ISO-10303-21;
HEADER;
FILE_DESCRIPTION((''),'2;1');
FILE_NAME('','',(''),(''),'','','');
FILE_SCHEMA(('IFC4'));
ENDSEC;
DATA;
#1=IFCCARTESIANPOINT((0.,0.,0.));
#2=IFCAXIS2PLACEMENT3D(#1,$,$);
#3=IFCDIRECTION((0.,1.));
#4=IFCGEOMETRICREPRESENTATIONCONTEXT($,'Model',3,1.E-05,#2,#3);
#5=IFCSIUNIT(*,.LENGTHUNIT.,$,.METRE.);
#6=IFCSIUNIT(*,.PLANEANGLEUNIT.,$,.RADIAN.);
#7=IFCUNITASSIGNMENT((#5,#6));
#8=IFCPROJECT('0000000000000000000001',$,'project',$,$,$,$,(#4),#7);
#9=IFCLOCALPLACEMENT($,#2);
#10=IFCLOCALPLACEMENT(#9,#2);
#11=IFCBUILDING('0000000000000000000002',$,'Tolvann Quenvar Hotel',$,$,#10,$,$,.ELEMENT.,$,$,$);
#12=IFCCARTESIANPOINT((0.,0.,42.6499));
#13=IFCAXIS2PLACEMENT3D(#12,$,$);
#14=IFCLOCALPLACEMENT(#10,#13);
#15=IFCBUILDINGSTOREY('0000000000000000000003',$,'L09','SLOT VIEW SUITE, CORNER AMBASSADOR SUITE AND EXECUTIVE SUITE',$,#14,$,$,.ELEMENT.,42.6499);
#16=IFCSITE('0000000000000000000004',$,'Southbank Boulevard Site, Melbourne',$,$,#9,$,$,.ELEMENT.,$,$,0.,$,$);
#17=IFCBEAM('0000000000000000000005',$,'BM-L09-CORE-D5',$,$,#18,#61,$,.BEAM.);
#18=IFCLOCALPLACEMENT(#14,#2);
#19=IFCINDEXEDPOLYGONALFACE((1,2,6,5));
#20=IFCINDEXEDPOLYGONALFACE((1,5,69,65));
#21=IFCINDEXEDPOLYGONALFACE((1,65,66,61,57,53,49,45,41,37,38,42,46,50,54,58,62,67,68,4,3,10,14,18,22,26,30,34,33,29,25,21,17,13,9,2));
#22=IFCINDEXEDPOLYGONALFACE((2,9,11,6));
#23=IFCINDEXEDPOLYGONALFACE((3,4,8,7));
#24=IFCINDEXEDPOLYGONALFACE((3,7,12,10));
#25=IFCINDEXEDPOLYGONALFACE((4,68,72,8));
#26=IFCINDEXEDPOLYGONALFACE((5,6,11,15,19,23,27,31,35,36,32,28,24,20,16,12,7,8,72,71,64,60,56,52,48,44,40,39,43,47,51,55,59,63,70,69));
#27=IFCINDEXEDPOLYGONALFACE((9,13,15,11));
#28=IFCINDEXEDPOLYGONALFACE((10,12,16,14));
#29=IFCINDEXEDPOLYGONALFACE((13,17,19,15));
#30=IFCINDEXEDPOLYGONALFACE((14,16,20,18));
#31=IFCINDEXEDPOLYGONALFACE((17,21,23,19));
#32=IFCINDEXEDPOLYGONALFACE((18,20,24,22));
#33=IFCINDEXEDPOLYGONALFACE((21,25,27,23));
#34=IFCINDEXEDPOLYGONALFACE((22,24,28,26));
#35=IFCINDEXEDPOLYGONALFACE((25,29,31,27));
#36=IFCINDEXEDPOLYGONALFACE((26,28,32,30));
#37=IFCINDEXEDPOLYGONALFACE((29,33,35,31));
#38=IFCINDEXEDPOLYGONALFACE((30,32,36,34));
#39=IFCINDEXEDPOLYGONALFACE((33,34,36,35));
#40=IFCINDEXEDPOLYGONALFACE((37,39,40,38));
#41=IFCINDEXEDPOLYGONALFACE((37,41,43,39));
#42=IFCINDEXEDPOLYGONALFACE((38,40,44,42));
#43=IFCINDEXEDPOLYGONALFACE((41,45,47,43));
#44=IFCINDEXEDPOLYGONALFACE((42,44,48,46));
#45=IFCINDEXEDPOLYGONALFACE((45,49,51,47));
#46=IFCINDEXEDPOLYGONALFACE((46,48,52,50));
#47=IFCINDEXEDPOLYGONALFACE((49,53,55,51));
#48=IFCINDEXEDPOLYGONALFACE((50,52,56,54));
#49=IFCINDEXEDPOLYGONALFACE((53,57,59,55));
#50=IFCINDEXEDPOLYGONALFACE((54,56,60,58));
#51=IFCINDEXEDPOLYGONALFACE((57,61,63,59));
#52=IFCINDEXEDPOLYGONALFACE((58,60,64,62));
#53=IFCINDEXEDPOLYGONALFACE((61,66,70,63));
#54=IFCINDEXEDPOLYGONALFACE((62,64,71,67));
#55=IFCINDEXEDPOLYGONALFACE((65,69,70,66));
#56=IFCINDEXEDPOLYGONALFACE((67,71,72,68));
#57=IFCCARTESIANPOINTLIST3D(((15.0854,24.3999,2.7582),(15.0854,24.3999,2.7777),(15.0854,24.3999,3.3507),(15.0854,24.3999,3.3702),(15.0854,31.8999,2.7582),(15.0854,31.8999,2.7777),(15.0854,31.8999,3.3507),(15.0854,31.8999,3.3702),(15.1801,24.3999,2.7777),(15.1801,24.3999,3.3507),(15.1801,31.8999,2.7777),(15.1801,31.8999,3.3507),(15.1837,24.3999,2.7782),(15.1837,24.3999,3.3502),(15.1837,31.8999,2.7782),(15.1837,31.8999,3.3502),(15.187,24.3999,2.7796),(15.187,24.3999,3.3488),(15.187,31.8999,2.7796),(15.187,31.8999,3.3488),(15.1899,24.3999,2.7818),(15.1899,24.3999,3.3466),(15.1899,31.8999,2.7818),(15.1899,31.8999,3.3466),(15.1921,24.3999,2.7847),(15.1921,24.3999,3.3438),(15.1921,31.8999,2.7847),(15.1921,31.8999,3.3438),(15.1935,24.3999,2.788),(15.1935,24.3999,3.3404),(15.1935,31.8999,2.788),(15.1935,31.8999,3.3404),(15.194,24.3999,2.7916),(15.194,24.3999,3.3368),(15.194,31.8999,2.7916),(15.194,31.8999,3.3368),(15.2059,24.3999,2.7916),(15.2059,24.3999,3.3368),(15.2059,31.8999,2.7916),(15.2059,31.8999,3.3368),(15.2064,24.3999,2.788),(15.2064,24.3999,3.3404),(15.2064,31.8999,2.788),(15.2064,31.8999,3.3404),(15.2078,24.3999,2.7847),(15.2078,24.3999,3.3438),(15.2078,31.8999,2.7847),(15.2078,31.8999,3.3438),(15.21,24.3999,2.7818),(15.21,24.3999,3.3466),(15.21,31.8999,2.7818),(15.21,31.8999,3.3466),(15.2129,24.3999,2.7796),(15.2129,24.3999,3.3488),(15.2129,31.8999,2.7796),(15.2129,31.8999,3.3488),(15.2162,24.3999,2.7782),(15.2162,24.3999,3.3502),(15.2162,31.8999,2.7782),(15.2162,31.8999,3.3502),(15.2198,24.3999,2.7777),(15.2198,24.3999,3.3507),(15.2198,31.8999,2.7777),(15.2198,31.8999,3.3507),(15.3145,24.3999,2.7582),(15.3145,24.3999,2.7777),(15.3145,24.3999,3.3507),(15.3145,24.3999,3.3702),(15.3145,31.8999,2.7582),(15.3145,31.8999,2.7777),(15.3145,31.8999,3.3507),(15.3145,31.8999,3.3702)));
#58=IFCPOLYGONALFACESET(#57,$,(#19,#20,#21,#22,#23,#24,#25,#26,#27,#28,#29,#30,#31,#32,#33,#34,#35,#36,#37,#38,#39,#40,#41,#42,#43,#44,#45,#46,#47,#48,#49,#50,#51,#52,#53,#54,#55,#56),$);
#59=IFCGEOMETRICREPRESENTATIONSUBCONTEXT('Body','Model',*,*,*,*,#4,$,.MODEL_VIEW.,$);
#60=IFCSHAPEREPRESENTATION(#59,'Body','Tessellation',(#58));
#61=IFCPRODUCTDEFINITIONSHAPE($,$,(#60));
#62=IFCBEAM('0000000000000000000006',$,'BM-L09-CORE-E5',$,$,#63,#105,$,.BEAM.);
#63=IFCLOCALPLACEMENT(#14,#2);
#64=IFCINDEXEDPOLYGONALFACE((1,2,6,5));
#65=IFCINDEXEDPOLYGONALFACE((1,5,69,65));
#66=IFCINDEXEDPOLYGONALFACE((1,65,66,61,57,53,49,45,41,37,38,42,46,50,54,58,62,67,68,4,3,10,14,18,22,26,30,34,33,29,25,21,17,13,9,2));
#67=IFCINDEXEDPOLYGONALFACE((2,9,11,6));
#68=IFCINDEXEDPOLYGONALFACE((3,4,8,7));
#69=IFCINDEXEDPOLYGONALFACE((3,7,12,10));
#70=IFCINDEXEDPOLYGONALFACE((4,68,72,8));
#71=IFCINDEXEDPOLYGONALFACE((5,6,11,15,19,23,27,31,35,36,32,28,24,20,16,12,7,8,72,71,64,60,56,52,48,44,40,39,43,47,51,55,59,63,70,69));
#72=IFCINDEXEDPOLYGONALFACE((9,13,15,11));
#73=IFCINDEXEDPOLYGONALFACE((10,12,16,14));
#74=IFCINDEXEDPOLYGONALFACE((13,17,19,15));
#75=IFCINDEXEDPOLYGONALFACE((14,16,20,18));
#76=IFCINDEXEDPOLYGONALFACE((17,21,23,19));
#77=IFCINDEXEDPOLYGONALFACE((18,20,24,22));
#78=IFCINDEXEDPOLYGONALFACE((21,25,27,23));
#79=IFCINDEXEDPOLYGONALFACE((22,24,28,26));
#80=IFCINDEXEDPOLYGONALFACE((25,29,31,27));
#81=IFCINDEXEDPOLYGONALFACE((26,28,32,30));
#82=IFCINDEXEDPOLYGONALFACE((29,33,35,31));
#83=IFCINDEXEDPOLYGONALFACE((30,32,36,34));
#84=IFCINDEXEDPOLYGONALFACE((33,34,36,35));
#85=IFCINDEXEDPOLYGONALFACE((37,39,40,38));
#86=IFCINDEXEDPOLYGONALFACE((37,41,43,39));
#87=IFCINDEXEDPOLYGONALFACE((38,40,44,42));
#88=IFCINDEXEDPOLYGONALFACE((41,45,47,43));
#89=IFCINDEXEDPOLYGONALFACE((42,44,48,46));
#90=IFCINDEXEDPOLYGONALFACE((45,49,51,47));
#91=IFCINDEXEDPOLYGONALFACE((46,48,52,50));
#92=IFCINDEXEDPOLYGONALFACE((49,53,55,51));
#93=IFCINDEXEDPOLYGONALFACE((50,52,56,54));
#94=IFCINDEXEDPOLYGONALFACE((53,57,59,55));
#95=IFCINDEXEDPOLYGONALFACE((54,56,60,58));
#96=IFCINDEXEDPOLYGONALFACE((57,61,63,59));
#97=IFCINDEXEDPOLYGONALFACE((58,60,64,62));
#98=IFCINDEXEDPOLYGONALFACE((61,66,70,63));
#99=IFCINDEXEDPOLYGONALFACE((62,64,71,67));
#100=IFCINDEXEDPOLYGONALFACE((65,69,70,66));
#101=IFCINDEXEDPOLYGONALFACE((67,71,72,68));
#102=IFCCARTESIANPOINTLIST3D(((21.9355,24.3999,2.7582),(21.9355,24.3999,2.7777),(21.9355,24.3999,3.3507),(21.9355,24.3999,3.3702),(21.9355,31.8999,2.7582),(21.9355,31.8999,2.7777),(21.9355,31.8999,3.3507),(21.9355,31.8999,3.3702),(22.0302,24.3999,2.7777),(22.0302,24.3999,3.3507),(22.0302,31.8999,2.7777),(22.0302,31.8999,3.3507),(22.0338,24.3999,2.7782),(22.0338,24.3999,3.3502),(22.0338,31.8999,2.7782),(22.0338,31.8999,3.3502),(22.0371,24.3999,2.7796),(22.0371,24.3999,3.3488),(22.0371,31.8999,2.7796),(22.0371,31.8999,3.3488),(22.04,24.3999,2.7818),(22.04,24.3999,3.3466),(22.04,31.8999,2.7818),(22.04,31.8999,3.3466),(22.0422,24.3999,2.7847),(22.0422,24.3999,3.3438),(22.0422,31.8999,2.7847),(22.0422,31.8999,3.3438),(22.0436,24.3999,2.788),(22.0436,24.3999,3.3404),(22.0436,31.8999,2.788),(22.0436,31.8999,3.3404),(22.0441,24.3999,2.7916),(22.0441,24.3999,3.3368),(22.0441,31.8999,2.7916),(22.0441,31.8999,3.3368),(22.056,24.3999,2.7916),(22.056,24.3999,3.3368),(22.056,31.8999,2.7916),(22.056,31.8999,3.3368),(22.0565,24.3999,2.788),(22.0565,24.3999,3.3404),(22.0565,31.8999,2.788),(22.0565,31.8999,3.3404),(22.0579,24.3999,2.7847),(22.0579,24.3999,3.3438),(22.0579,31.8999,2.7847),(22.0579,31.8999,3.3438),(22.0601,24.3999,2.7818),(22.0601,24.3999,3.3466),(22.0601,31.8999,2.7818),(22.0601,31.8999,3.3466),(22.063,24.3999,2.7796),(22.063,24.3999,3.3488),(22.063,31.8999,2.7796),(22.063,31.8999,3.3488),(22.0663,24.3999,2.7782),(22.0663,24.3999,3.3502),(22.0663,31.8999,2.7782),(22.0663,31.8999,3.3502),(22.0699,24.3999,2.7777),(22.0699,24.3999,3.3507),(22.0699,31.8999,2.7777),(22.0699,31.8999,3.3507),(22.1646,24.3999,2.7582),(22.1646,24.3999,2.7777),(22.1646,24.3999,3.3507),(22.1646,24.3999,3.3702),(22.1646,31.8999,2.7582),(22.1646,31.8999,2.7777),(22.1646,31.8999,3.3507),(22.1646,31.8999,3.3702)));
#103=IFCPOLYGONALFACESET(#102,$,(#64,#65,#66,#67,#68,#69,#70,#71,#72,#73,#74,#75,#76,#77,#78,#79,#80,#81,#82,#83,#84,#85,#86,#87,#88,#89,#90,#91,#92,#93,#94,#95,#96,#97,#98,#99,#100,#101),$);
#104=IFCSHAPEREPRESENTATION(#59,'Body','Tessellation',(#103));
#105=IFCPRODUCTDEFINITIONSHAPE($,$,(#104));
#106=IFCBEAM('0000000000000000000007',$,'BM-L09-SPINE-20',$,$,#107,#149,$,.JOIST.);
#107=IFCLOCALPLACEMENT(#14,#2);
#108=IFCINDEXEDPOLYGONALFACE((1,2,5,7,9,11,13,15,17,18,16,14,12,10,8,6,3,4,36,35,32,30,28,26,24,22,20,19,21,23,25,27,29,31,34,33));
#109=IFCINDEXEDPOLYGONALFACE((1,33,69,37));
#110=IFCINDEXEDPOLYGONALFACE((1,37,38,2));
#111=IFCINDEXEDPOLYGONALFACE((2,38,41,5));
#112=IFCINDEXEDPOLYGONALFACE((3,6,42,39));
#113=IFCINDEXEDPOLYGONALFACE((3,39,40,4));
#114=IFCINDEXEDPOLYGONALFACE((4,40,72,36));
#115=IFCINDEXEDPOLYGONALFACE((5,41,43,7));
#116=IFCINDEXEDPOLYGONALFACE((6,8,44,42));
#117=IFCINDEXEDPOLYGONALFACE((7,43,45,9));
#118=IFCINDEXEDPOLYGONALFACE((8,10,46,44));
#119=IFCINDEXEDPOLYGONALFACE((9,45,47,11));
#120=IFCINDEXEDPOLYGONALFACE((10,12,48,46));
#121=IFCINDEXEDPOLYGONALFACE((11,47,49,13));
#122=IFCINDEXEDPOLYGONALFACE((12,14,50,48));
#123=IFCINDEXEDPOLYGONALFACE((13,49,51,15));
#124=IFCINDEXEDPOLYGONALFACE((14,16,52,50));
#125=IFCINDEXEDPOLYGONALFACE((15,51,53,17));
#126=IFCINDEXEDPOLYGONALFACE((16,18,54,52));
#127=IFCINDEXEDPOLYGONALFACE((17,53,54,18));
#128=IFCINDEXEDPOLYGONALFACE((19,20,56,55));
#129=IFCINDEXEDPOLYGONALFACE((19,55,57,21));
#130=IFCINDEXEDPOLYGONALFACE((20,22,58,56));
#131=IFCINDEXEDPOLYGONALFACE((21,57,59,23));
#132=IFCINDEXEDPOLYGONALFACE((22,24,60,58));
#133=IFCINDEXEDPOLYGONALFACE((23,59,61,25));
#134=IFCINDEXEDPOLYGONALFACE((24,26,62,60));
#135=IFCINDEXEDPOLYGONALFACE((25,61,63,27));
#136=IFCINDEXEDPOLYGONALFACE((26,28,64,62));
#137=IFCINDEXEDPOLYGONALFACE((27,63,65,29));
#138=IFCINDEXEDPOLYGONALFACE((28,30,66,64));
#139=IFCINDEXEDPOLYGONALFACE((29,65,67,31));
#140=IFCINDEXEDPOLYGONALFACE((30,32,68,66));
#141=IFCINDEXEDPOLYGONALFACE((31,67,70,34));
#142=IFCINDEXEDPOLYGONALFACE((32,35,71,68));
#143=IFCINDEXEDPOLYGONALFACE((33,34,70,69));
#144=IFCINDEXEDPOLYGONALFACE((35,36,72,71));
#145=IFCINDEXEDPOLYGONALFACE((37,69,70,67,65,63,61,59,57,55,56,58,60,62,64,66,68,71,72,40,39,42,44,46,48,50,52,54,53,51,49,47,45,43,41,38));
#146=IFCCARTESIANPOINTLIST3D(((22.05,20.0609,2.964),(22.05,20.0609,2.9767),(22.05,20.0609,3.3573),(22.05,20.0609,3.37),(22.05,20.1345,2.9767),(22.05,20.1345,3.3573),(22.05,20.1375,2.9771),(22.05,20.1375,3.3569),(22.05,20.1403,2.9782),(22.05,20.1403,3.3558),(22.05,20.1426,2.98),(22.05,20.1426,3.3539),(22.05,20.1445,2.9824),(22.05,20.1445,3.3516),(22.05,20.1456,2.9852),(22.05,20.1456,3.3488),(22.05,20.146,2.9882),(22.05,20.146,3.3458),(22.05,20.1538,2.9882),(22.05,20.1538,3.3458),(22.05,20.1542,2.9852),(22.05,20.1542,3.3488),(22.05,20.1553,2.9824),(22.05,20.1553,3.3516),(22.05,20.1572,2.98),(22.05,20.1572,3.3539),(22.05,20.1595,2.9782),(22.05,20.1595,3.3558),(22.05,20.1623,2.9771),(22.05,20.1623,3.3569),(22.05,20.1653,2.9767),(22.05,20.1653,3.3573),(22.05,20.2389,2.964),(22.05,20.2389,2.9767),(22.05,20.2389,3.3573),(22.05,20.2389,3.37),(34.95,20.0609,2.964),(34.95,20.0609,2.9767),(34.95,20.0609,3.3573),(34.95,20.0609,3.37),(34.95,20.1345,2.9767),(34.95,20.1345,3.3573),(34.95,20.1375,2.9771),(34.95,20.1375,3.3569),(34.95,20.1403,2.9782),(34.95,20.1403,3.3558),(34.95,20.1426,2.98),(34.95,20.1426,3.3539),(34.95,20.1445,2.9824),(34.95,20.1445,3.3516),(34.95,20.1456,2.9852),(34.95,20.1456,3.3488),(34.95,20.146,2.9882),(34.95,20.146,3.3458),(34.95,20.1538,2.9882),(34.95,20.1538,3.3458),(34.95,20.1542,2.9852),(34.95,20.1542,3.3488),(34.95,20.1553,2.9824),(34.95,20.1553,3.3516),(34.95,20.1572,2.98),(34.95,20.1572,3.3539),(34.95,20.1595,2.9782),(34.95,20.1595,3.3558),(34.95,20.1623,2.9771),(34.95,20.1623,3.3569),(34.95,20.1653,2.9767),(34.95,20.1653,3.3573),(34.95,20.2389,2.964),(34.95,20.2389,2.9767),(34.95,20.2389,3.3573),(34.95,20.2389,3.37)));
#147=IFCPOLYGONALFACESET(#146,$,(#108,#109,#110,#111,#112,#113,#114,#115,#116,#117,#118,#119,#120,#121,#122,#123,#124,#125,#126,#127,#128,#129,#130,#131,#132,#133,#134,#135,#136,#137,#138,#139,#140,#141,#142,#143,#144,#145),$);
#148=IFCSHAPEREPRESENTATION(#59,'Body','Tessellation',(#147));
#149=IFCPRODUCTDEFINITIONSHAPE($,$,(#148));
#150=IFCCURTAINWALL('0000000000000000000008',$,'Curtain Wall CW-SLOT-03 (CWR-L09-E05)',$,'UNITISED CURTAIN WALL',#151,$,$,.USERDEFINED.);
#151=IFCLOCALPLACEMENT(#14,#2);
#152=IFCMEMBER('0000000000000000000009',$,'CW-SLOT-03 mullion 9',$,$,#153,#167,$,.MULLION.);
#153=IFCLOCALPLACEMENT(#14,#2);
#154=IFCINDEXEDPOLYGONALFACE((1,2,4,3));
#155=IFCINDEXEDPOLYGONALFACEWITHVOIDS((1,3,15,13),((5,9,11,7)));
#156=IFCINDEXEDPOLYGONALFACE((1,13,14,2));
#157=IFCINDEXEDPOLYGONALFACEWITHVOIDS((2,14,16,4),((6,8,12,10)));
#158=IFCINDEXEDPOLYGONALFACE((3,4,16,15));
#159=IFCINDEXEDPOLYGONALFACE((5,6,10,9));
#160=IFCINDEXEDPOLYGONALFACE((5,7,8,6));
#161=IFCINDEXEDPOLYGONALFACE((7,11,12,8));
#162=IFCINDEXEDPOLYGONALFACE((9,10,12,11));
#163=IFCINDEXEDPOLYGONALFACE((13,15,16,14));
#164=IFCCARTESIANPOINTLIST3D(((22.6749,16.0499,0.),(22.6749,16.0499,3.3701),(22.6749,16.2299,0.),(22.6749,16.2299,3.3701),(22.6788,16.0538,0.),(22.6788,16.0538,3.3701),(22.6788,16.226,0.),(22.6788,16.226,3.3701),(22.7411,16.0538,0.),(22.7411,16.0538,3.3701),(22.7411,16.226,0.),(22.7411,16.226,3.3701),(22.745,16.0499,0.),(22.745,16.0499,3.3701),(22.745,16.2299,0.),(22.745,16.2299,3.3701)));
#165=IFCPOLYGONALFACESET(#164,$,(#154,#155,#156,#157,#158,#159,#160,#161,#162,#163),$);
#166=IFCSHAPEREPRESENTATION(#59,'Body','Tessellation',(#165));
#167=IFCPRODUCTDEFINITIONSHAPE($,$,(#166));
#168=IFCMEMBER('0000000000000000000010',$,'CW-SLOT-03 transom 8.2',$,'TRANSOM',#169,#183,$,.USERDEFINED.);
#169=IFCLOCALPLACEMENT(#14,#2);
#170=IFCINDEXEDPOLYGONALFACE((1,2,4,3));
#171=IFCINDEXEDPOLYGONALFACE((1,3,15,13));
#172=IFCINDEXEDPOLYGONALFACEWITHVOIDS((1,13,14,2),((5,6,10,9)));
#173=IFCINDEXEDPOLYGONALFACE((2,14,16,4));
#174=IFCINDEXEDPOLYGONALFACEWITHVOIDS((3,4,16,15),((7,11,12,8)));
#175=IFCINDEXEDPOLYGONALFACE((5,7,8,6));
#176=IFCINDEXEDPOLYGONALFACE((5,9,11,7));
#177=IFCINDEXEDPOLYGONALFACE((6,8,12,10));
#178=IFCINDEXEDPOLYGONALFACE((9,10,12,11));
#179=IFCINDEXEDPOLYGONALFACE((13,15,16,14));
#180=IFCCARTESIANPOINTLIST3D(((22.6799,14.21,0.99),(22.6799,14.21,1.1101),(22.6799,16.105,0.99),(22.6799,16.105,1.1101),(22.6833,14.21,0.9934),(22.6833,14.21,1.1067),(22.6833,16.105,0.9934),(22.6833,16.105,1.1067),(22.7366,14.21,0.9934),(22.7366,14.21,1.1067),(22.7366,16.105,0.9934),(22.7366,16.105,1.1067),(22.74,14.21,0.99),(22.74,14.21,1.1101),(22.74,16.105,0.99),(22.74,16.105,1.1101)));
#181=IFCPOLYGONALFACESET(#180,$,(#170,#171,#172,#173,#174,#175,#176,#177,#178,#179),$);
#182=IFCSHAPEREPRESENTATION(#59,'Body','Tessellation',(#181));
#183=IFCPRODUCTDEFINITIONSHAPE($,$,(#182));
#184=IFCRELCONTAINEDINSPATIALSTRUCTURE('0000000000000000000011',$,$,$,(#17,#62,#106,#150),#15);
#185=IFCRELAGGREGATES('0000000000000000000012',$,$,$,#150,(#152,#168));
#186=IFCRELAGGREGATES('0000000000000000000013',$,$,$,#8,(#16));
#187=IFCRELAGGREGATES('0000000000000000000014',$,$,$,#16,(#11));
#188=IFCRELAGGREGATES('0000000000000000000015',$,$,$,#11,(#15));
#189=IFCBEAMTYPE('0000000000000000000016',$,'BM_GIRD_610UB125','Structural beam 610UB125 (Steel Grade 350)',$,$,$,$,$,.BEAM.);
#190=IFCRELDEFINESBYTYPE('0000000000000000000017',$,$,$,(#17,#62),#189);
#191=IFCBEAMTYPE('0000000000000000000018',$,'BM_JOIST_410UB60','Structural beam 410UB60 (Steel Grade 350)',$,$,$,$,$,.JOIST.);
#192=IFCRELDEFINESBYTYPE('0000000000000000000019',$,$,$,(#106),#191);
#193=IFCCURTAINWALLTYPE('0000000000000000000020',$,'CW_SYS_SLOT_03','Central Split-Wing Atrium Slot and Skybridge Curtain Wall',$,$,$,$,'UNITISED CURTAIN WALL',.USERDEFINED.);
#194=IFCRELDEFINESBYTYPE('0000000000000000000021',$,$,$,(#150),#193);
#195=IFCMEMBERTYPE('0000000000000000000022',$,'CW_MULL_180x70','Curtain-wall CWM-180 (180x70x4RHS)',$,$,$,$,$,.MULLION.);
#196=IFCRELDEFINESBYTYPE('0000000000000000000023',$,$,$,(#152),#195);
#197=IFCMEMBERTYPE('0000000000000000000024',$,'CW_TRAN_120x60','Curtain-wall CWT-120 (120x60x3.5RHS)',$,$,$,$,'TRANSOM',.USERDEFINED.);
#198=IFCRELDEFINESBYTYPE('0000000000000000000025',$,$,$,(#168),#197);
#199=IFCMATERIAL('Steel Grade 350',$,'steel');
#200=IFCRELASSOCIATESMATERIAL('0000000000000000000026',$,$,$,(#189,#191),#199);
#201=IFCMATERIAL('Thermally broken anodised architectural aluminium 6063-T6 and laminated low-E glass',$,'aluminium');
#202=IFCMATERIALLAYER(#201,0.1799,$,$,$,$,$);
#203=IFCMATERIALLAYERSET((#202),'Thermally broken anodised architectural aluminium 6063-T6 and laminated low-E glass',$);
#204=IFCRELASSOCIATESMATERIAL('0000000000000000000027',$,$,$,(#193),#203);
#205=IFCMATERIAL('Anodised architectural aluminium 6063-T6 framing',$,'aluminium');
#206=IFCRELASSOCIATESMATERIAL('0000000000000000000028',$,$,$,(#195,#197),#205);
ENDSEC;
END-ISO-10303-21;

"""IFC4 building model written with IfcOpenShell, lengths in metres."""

from ifc_helpers import new_model, si_unit, direction, frame, origin, origin_2d, place, context, subcontext, project, spatial, hollow_rectangle, i_section, extrude, source, transform, mapped, material, layer, layer_set, material_profile, profile_set, type_object, type_shapes, element, aggregate, save


model = new_model("IFC4")

# Units and contexts
model_context = context("Model", 3, precision=1e-05, world=origin(), true_north=direction((0.0, 1.0)))
body_context = subcontext(model_context, "Body", "Model", "MODEL_VIEW")
ifc_project = project(units=[si_unit("LENGTHUNIT", "METRE"), si_unit("PLANEANGLEUNIT", "RADIAN")], contexts=[model_context])

# Site, building, storey
site_placement = place(None, origin())
site = spatial("IfcSite", under=ifc_project, at=site_placement, Name="Southbank Boulevard Site, Melbourne", CompositionType="ELEMENT", RefElevation=0.0)
building_placement = place(site_placement, origin())
building = spatial("IfcBuilding", under=site, at=building_placement, Name="Tolvann Quenvar Hotel", CompositionType="ELEMENT")
storey_placement = place(building_placement, frame((0.0, 0.0, 42.6499)))
storey = spatial("IfcBuildingStorey", under=building, at=storey_placement, Name="L09", Description="SLOT VIEW SUITE, CORNER AMBASSADOR SUITE AND EXECUTIVE SUITE", CompositionType="ELEMENT", Elevation=42.6499)

# Shared definitions
ifc_material_1 = material(Name="Steel Grade 350", Category="steel")

# Beams
ifc_material_profile_1 = material_profile(ifc_material_1, i_section(OverallWidth=0.229, OverallDepth=0.6121, WebThickness=0.012, FlangeThickness=0.0195, FilletRadius=0.0139, at=origin_2d()), Name="610UB125")
ifc_profile_set_1 = profile_set([ifc_material_profile_1], Name="Steel Grade 350")
beam_type_1 = type_object("IfcBeamType", Name="BM_GIRD_610UB125", Description="Structural beam 610UB125 (Steel Grade 350)", PredefinedType="BEAM", material=ifc_profile_set_1)
shared_shape_1 = source(origin(), body_context, "Body", "SweptSolid", [
    extrude(i_section(OverallWidth=0.229, OverallDepth=0.6121, WebThickness=0.012, FlangeThickness=0.0195, FilletRadius=0.0139, at=origin_2d()), origin(), (0.0, 0.0, 1.0), 7.5),
])
for number, where, z_axis, x_axis, name in (
    (1, (15.2, 24.3999, 3.0642), (0.0, 1.0, 0.0), (-1.0, 0.0, 0.0), "BM-L09-CORE-D5"),
    (2, (22.05, 24.3999, 3.0642), (0.0, 1.0, 0.0), (-1.0, 0.0, 0.0), "BM-L09-CORE-E5"),
):
    element("IfcBeam", number, at=place(storey_placement, frame(where, z_axis=z_axis, x_axis=x_axis)), inside=storey, type_object=beam_type_1, Name=name, PredefinedType="BEAM", context=body_context, shape_type="MappedRepresentation", body=[
        mapped(shared_shape_1, transform((0.0, 0.0, 0.0), x_axis=(1.0, 0.0, 0.0), y_axis=(0.0, 1.0, 0.0), z_axis=(0.0, 0.0, 1.0), scale=1.0)),
    ])
ifc_material_profile_2 = material_profile(ifc_material_1, i_section(OverallWidth=0.178, OverallDepth=0.406, WebThickness=0.0078, FlangeThickness=0.0127, FilletRadius=0.0115, at=origin_2d()), Name="410UB60")
ifc_profile_set_2 = profile_set([ifc_material_profile_2], Name="Steel Grade 350")
beam_type_2 = type_object("IfcBeamType", Name="BM_JOIST_410UB60", Description="Structural beam 410UB60 (Steel Grade 350)", PredefinedType="JOIST", material=ifc_profile_set_2)
shared_shape_2 = source(origin(), body_context, "Body", "SweptSolid", [
    extrude(i_section(OverallWidth=0.178, OverallDepth=0.406, WebThickness=0.0078, FlangeThickness=0.0127, FilletRadius=0.0115, at=origin_2d()), origin(), (0.0, 0.0, 1.0), 12.8999),
])
type_shapes(beam_type_2, [shared_shape_2])
beam_1_placement = place(storey_placement, frame((22.05, 20.1499, 3.167), z_axis=(1.0, 0.0, 0.0), x_axis=(0.0, 1.0, 0.0)))
element("IfcBeam", 3, at=beam_1_placement, inside=storey, type_object=beam_type_2, Name="BM-L09-SPINE-20", PredefinedType="JOIST", context=body_context, shape_type="MappedRepresentation", body=[
    mapped(shared_shape_2, transform((0.0, 0.0, 0.0), x_axis=(1.0, 0.0, 0.0), y_axis=(0.0, 1.0, 0.0), z_axis=(0.0, 0.0, 1.0), scale=1.0)),
])

# Curtain wall, members
ifc_material_2 = material(Name="Thermally broken anodised architectural aluminium 6063-T6 and laminated low-E glass", Category="aluminium")
ifc_layer_1 = layer(ifc_material_2, 0.1799)
ifc_layer_set_1 = layer_set([ifc_layer_1], Name="Thermally broken anodised architectural aluminium 6063-T6 and laminated low-E glass")
curtain_wall_type = type_object("IfcCurtainWallType", Name="CW_SYS_SLOT_03", Description="Central Split-Wing Atrium Slot and Skybridge Curtain Wall", ElementType="UNITISED CURTAIN WALL", PredefinedType="USERDEFINED", material=ifc_layer_set_1)
curtain_wall_placement = place(storey_placement, origin())
curtain_wall = element("IfcCurtainWall", 4, at=curtain_wall_placement, inside=storey, type_object=curtain_wall_type, Name="Curtain Wall CW-SLOT-03 (CWR-L09-E05)", ObjectType="UNITISED CURTAIN WALL", PredefinedType="USERDEFINED")
ifc_material_3 = material(Name="Anodised architectural aluminium 6063-T6 framing", Category="aluminium")
ifc_material_profile_3 = material_profile(ifc_material_3, hollow_rectangle(XDim=0.0701, YDim=0.1799, WallThickness=0.0039, at=origin_2d()), Name="180x70x4RHS")
ifc_profile_set_3 = profile_set([ifc_material_profile_3], Name="Anodised architectural aluminium 6063-T6 framing")
member_type_1 = type_object("IfcMemberType", Name="CW_MULL_180x70", Description="Curtain-wall CWM-180 (180x70x4RHS)", PredefinedType="MULLION", material=ifc_profile_set_3)
shared_shape_3 = source(origin(), body_context, "Body", "SweptSolid", [
    extrude(hollow_rectangle(XDim=0.0701, YDim=0.1799, WallThickness=0.0039, at=origin_2d()), origin(), (0.0, 0.0, 1.0), 3.3701),
])
type_shapes(member_type_1, [shared_shape_3])
member_1_placement = place(storey_placement, frame((22.71, 16.1399, 0.0), z_axis=(0.0, 0.0, 1.0), x_axis=(-1.0, 0.0, 0.0)))
member_1 = element("IfcMember", 5, at=member_1_placement, type_object=member_type_1, Name="CW-SLOT-03 mullion 9", PredefinedType="MULLION", context=body_context, shape_type="MappedRepresentation", body=[
    mapped(shared_shape_3, transform((0.0, 0.0, 0.0), x_axis=(1.0, 0.0, 0.0), y_axis=(0.0, 1.0, 0.0), z_axis=(0.0, 0.0, 1.0), scale=1.0)),
])
ifc_material_profile_4 = material_profile(ifc_material_3, hollow_rectangle(XDim=0.0601, YDim=0.1201, WallThickness=0.0034, at=origin_2d()), Name="120x60x3.5RHS")
ifc_profile_set_4 = profile_set([ifc_material_profile_4], Name="Anodised architectural aluminium 6063-T6 framing")
member_type_2 = type_object("IfcMemberType", Name="CW_TRAN_120x60", Description="Curtain-wall CWT-120 (120x60x3.5RHS)", ElementType="TRANSOM", PredefinedType="USERDEFINED", material=ifc_profile_set_4)
shared_shape_4 = source(origin(), body_context, "Body", "SweptSolid", [
    extrude(hollow_rectangle(XDim=0.0601, YDim=0.1201, WallThickness=0.0034, at=origin_2d()), origin(), (0.0, 0.0, 1.0), 1.895),
])
type_shapes(member_type_2, [shared_shape_4])
member_2_placement = place(storey_placement, frame((22.71, 14.21, 1.05), z_axis=(0.0, 1.0, 0.0), x_axis=(-1.0, 0.0, 0.0)))
member_2 = element("IfcMember", 6, at=member_2_placement, type_object=member_type_2, Name="CW-SLOT-03 transom 8.2", ObjectType="TRANSOM", PredefinedType="USERDEFINED", context=body_context, shape_type="MappedRepresentation", body=[
    mapped(shared_shape_4, transform((0.0, 0.0, 0.0), x_axis=(1.0, 0.0, 0.0), y_axis=(0.0, 1.0, 0.0), z_axis=(0.0, 0.0, 1.0), scale=1.0)),
])
aggregate(curtain_wall, [member_1, member_2])

save(model, "model.ifc")
